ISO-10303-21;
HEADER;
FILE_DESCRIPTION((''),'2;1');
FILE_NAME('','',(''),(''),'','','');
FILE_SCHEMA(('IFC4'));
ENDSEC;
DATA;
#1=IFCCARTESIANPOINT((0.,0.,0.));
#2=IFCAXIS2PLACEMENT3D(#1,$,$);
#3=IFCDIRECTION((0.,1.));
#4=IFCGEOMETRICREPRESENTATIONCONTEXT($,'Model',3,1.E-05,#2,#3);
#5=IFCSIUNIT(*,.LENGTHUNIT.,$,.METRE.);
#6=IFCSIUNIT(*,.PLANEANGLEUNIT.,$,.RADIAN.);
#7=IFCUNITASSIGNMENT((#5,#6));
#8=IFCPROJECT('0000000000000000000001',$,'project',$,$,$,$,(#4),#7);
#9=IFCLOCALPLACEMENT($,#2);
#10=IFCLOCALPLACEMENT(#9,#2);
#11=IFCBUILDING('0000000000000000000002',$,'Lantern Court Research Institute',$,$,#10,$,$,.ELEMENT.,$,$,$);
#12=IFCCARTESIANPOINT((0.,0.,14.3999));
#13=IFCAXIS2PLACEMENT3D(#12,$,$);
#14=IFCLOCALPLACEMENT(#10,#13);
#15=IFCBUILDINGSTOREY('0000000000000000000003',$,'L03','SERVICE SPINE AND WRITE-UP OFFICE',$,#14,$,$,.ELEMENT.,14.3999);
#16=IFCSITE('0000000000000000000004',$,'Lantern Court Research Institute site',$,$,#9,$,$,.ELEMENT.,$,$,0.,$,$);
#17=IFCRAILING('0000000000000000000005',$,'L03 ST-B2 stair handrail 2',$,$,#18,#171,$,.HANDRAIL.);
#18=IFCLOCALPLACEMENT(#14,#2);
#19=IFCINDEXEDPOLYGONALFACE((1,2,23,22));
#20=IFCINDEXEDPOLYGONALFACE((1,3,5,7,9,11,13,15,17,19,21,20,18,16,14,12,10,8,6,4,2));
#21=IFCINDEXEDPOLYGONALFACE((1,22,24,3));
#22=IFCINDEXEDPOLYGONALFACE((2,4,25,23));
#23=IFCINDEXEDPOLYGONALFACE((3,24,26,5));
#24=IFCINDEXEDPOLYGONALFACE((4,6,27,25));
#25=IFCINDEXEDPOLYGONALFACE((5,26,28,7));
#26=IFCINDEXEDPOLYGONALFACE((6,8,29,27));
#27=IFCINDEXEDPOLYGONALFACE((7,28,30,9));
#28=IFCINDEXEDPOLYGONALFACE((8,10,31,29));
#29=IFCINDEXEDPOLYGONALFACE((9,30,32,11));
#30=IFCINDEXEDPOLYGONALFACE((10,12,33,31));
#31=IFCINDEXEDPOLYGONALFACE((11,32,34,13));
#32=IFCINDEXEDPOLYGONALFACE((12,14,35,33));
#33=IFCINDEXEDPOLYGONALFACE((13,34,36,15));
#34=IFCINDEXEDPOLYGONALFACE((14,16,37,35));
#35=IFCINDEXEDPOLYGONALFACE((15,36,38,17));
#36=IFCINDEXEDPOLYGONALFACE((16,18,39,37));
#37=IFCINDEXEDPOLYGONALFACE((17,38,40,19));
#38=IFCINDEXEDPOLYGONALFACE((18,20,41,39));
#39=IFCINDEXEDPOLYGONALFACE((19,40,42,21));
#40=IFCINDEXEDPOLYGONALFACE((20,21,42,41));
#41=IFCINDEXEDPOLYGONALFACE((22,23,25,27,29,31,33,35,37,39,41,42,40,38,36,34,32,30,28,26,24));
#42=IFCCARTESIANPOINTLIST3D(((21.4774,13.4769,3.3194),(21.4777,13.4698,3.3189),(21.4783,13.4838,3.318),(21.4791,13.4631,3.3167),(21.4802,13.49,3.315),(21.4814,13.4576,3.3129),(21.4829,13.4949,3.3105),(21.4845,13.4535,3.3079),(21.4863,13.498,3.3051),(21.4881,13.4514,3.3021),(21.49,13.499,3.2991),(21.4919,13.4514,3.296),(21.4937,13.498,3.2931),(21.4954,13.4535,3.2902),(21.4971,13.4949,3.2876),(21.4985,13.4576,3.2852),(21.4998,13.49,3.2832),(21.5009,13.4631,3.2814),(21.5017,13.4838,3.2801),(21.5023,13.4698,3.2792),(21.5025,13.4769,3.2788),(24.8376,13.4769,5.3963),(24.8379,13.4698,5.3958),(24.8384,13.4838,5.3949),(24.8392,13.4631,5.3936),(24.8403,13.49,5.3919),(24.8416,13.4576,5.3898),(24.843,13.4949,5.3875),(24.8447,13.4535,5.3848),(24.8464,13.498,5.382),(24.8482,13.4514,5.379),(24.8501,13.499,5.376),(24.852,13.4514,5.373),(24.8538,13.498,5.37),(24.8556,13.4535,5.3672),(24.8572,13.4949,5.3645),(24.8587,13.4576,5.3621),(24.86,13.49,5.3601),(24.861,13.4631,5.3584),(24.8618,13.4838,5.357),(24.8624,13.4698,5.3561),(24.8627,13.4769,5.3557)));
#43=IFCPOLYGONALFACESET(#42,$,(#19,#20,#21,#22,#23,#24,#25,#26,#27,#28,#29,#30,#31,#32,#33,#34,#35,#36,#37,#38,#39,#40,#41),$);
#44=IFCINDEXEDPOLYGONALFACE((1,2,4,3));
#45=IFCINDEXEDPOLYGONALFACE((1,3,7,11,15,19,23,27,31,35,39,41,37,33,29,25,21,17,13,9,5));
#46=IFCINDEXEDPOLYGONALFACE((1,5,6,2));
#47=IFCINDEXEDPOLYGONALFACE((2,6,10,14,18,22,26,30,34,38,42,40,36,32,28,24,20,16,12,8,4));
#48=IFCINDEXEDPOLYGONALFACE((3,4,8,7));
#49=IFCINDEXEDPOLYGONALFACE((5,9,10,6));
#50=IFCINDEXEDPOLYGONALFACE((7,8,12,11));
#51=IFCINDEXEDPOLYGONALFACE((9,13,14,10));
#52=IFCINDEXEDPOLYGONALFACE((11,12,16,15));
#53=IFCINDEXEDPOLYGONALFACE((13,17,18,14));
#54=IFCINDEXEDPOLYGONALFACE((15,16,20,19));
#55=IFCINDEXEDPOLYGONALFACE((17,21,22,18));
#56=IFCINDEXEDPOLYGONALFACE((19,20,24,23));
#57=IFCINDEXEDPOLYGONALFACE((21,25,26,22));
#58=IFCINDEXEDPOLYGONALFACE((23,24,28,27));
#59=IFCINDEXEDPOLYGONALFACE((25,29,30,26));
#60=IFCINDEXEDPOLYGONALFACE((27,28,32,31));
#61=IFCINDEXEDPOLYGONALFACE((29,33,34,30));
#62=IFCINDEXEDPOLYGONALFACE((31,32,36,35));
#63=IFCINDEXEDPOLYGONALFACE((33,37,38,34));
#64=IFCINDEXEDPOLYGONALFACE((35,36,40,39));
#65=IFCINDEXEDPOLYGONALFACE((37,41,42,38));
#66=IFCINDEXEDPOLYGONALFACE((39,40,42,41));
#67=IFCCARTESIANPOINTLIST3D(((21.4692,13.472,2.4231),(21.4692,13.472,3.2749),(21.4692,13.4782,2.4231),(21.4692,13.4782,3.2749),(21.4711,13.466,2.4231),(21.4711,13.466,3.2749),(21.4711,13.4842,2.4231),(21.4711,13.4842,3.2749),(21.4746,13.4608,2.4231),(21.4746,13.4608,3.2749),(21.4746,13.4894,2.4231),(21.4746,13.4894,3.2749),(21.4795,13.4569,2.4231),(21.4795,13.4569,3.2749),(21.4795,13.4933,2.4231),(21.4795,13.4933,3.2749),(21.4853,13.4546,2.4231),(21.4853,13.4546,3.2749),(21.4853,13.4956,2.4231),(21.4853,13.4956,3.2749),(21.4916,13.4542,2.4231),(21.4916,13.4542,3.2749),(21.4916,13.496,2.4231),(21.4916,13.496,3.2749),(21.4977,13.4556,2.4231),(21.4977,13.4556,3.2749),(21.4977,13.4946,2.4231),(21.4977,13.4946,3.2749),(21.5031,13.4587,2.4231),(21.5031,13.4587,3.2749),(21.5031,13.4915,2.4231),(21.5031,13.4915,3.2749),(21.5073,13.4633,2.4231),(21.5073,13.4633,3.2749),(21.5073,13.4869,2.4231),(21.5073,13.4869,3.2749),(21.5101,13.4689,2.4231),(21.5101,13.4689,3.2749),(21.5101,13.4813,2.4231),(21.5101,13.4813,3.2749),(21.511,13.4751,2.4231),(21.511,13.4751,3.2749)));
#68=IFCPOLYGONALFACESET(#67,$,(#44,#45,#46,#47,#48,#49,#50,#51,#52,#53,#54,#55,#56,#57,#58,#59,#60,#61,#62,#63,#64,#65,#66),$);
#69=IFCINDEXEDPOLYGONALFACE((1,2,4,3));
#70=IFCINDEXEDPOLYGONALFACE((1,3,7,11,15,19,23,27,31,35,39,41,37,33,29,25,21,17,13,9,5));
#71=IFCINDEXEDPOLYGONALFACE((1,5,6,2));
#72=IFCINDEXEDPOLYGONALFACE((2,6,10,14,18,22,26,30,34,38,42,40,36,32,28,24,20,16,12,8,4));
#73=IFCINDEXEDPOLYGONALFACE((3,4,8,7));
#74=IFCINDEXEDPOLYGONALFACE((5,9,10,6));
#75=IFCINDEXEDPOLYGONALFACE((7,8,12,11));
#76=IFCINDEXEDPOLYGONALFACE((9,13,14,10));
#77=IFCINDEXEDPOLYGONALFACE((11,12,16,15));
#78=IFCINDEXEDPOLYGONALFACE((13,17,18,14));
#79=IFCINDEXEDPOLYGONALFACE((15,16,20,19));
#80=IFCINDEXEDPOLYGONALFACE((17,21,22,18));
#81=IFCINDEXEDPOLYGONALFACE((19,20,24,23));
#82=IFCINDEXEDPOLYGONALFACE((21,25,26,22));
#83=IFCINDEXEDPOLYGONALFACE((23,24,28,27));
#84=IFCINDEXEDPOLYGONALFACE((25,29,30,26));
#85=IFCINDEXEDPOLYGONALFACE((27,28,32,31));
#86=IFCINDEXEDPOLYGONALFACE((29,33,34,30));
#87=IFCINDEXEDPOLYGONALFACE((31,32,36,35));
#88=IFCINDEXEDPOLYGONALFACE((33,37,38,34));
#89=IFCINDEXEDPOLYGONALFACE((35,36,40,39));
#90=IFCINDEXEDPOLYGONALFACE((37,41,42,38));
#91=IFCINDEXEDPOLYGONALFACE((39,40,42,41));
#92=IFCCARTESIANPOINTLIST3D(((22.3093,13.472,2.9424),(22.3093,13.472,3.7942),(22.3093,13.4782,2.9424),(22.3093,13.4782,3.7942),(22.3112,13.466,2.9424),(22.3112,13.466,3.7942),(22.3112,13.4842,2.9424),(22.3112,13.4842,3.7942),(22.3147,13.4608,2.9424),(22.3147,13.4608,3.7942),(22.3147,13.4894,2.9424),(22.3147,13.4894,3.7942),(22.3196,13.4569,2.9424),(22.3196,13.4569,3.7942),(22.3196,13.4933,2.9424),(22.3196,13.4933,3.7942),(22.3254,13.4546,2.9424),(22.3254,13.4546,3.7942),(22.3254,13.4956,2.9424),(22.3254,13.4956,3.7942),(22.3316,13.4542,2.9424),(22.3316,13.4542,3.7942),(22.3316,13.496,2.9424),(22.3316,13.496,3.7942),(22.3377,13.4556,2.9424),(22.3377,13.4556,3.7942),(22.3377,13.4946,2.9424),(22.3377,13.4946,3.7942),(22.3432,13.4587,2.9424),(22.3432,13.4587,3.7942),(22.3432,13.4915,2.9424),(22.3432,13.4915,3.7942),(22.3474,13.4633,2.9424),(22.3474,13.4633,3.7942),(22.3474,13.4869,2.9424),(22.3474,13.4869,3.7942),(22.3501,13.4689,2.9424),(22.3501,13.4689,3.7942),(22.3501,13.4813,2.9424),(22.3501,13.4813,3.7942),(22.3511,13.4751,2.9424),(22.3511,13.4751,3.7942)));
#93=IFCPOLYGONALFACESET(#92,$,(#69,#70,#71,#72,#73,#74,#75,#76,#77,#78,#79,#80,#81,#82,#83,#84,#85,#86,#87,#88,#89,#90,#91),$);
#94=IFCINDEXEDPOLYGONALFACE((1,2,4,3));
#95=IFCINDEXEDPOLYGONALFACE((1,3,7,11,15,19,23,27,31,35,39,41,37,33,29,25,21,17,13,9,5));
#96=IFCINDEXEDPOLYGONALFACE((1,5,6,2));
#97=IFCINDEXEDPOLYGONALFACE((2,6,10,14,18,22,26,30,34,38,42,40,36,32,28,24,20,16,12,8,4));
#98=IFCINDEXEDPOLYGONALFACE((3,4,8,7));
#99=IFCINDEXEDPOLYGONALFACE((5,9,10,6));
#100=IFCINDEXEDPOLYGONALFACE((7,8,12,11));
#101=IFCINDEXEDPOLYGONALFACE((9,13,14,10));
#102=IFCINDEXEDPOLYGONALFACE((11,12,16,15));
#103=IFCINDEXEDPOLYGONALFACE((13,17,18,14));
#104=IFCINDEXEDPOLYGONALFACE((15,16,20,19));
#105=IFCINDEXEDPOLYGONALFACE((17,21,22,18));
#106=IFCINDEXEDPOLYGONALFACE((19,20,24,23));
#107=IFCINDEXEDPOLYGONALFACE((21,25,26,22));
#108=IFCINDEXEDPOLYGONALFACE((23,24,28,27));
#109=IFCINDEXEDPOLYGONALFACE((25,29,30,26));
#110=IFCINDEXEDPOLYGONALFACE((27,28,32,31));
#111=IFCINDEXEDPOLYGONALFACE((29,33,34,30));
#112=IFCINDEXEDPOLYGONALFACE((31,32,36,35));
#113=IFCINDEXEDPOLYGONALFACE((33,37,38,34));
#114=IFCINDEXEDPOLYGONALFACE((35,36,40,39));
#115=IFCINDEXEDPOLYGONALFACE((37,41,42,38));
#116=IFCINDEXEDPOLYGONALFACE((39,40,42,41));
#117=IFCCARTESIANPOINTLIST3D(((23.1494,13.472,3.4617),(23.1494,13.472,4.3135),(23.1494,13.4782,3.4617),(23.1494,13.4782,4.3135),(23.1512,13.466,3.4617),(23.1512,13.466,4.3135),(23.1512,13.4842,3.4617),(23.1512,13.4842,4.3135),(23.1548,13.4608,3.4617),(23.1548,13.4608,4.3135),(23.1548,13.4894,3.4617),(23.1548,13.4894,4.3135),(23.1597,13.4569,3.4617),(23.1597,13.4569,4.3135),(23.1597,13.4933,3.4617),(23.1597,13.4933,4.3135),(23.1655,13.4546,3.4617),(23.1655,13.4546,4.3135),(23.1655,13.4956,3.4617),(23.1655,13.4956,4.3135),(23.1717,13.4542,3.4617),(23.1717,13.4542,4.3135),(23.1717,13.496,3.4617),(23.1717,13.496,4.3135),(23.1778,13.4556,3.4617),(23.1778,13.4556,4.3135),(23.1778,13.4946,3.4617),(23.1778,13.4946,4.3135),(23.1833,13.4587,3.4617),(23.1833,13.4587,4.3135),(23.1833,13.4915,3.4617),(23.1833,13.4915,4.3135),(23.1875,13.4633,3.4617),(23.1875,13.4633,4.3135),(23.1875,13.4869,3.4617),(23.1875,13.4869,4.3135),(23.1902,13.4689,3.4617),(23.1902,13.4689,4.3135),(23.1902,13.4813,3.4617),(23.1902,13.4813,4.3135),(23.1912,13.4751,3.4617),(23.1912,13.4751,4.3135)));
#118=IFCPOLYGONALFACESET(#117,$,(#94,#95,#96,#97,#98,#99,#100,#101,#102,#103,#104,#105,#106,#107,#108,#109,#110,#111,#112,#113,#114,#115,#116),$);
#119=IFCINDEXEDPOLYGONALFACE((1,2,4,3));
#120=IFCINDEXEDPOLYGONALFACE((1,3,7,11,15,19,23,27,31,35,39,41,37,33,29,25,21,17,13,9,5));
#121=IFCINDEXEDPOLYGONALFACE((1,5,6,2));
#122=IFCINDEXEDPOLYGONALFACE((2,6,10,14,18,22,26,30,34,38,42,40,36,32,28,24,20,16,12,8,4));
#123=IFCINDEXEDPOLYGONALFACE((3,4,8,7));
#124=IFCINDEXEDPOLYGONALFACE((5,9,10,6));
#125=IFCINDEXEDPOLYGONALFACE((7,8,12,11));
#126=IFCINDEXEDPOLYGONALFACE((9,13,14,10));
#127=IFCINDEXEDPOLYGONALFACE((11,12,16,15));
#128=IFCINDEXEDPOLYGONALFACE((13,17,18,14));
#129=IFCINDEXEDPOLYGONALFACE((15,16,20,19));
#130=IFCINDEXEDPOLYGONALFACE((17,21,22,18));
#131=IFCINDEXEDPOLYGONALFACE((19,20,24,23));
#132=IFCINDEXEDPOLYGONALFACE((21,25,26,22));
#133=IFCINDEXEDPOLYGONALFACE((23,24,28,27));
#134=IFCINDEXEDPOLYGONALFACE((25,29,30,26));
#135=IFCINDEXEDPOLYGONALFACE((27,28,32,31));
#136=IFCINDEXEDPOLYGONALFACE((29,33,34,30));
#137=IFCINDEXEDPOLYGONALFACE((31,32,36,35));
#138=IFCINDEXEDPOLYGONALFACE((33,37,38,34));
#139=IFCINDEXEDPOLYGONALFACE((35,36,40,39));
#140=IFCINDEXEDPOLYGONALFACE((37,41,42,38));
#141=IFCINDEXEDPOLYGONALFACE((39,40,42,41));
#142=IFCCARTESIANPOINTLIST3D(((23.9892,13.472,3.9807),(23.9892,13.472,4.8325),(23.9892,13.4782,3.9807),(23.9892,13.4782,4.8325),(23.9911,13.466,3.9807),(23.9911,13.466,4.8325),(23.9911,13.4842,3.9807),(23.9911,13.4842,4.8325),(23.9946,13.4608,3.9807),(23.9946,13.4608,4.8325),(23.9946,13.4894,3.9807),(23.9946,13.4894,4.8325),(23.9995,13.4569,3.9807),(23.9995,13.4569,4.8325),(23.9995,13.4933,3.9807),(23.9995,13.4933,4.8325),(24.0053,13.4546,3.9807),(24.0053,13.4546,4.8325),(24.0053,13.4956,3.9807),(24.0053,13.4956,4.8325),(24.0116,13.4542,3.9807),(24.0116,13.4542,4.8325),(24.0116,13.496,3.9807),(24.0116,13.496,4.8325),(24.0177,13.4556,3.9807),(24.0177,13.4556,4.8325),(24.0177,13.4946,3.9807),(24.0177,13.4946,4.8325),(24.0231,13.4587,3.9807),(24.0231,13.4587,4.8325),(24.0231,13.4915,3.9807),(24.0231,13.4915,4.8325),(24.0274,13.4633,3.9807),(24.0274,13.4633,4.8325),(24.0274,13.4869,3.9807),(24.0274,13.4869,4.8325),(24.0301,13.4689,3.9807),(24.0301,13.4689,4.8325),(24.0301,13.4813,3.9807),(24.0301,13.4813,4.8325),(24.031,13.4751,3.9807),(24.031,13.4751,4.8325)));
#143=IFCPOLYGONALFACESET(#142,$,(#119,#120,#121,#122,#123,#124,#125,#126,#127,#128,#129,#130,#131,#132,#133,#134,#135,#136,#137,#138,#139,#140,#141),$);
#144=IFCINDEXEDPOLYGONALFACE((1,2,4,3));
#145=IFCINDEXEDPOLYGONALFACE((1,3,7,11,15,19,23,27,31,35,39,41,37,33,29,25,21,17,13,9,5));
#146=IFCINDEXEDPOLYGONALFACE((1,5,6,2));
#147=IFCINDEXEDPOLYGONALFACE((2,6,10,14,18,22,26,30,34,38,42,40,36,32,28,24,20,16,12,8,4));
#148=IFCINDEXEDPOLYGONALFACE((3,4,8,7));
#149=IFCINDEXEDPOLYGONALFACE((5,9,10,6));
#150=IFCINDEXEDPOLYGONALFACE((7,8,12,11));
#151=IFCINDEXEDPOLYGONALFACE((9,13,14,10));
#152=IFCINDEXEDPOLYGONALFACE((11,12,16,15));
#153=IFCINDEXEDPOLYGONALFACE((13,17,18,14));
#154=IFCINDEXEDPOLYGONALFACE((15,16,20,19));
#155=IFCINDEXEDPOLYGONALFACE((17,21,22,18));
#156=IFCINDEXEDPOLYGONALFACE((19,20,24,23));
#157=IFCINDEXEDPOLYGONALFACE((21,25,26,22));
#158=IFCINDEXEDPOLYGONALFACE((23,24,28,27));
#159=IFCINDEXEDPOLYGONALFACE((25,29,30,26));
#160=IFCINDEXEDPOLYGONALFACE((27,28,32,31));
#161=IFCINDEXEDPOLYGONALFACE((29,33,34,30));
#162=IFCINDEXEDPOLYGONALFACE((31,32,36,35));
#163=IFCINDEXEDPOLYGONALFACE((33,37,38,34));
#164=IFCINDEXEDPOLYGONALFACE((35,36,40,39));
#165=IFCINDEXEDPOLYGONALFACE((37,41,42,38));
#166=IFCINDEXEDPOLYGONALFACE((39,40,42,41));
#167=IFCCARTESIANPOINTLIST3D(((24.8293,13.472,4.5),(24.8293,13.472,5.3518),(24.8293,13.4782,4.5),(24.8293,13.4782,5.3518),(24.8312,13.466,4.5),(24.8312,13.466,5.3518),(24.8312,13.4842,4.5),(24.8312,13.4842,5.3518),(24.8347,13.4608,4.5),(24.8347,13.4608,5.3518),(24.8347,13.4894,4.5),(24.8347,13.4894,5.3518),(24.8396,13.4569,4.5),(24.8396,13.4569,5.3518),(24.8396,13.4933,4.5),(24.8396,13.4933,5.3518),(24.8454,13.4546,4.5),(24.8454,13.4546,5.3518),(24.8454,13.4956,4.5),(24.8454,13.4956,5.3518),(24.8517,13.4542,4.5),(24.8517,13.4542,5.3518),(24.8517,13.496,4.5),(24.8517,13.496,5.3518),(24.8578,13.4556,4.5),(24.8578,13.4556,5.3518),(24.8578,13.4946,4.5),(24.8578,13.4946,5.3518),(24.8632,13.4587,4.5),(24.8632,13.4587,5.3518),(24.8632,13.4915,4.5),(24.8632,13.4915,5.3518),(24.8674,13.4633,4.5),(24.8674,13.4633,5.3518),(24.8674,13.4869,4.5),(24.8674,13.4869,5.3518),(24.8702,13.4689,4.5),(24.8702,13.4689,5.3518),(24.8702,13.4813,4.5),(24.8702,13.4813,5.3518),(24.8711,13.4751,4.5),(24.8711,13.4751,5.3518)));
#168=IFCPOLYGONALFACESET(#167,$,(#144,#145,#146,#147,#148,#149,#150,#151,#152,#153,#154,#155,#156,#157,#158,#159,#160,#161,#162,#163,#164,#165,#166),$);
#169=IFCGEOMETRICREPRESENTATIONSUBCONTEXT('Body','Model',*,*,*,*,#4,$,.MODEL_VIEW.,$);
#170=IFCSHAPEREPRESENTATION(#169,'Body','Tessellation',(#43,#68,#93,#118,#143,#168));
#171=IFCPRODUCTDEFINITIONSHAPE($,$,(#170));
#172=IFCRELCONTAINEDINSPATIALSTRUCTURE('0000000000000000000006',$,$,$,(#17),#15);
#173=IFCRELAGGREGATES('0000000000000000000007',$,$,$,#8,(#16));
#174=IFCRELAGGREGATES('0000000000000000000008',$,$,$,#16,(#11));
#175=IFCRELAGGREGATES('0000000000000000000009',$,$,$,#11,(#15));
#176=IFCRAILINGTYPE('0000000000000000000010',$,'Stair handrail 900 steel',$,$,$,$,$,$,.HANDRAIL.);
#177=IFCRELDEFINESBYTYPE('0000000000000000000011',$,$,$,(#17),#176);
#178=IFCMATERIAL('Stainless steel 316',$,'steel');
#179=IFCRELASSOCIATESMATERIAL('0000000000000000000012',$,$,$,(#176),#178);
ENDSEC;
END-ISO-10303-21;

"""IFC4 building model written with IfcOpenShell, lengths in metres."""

from ifc_helpers import new_model, si_unit, direction, frame, origin, origin_2d, place, context, subcontext, project, spatial, circle, extrude, material, type_object, element, save


model = new_model("IFC4")

# Units and contexts
model_context = context("Model", 3, precision=1e-05, world=origin(), true_north=direction((0.0, 1.0)))
body_context = subcontext(model_context, "Body", "Model", "MODEL_VIEW")
ifc_project = project(units=[si_unit("LENGTHUNIT", "METRE"), si_unit("PLANEANGLEUNIT", "RADIAN")], contexts=[model_context])

# Site, building, storey
site_placement = place(None, origin())
site = spatial("IfcSite", under=ifc_project, at=site_placement, Name="Lantern Court Research Institute site", CompositionType="ELEMENT", RefElevation=0.0)
building_placement = place(site_placement, origin())
building = spatial("IfcBuilding", under=site, at=building_placement, Name="Lantern Court Research Institute", CompositionType="ELEMENT")
storey_placement = place(building_placement, frame((0.0, 0.0, 14.3999)))
storey = spatial("IfcBuildingStorey", under=building, at=storey_placement, Name="L03", Description="SERVICE SPINE AND WRITE-UP OFFICE", CompositionType="ELEMENT", Elevation=14.3999)

# Railing
ifc_material_1 = material(Name="Stainless steel 316", Category="steel")
railing_type_1 = type_object("IfcRailingType", Name="Stair handrail 900 steel", PredefinedType="HANDRAIL", material=ifc_material_1)
railing_1_placement = place(storey_placement, frame((21.49, 13.4751, 2.4231)))
element("IfcRailing", 1, at=railing_1_placement, inside=storey, type_object=railing_type_1, Name="L03 ST-B2 stair handrail 2", PredefinedType="HANDRAIL", context=body_context, shape_type="SweptSolid", body=[
    extrude(circle(Radius=0.0239, at=origin_2d()), frame((0.0, 0.0, 0.876), z_axis=(0.850623, 0.0, 0.525776), x_axis=(0.0, 1.0, 0.0)), (0.0, 0.0, 1.0), 3.9502),
    extrude(circle(Radius=0.021, at=origin_2d()), origin(), (0.0, 0.0, 1.0), 0.8518),
    extrude(circle(Radius=0.021, at=origin_2d()), frame((0.8401, 0.0, 0.5193)), (0.0, 0.0, 1.0), 0.8518),
    extrude(circle(Radius=0.021, at=origin_2d()), frame((1.6802, 0.0, 1.0386)), (0.0, 0.0, 1.0), 0.8518),
    extrude(circle(Radius=0.021, at=origin_2d()), frame((2.52, 0.0, 1.5576)), (0.0, 0.0, 1.0), 0.8518),
    extrude(circle(Radius=0.021, at=origin_2d()), frame((3.3601, 0.0, 2.0769)), (0.0, 0.0, 1.0), 0.8518),
])

save(model, "model.ifc")
